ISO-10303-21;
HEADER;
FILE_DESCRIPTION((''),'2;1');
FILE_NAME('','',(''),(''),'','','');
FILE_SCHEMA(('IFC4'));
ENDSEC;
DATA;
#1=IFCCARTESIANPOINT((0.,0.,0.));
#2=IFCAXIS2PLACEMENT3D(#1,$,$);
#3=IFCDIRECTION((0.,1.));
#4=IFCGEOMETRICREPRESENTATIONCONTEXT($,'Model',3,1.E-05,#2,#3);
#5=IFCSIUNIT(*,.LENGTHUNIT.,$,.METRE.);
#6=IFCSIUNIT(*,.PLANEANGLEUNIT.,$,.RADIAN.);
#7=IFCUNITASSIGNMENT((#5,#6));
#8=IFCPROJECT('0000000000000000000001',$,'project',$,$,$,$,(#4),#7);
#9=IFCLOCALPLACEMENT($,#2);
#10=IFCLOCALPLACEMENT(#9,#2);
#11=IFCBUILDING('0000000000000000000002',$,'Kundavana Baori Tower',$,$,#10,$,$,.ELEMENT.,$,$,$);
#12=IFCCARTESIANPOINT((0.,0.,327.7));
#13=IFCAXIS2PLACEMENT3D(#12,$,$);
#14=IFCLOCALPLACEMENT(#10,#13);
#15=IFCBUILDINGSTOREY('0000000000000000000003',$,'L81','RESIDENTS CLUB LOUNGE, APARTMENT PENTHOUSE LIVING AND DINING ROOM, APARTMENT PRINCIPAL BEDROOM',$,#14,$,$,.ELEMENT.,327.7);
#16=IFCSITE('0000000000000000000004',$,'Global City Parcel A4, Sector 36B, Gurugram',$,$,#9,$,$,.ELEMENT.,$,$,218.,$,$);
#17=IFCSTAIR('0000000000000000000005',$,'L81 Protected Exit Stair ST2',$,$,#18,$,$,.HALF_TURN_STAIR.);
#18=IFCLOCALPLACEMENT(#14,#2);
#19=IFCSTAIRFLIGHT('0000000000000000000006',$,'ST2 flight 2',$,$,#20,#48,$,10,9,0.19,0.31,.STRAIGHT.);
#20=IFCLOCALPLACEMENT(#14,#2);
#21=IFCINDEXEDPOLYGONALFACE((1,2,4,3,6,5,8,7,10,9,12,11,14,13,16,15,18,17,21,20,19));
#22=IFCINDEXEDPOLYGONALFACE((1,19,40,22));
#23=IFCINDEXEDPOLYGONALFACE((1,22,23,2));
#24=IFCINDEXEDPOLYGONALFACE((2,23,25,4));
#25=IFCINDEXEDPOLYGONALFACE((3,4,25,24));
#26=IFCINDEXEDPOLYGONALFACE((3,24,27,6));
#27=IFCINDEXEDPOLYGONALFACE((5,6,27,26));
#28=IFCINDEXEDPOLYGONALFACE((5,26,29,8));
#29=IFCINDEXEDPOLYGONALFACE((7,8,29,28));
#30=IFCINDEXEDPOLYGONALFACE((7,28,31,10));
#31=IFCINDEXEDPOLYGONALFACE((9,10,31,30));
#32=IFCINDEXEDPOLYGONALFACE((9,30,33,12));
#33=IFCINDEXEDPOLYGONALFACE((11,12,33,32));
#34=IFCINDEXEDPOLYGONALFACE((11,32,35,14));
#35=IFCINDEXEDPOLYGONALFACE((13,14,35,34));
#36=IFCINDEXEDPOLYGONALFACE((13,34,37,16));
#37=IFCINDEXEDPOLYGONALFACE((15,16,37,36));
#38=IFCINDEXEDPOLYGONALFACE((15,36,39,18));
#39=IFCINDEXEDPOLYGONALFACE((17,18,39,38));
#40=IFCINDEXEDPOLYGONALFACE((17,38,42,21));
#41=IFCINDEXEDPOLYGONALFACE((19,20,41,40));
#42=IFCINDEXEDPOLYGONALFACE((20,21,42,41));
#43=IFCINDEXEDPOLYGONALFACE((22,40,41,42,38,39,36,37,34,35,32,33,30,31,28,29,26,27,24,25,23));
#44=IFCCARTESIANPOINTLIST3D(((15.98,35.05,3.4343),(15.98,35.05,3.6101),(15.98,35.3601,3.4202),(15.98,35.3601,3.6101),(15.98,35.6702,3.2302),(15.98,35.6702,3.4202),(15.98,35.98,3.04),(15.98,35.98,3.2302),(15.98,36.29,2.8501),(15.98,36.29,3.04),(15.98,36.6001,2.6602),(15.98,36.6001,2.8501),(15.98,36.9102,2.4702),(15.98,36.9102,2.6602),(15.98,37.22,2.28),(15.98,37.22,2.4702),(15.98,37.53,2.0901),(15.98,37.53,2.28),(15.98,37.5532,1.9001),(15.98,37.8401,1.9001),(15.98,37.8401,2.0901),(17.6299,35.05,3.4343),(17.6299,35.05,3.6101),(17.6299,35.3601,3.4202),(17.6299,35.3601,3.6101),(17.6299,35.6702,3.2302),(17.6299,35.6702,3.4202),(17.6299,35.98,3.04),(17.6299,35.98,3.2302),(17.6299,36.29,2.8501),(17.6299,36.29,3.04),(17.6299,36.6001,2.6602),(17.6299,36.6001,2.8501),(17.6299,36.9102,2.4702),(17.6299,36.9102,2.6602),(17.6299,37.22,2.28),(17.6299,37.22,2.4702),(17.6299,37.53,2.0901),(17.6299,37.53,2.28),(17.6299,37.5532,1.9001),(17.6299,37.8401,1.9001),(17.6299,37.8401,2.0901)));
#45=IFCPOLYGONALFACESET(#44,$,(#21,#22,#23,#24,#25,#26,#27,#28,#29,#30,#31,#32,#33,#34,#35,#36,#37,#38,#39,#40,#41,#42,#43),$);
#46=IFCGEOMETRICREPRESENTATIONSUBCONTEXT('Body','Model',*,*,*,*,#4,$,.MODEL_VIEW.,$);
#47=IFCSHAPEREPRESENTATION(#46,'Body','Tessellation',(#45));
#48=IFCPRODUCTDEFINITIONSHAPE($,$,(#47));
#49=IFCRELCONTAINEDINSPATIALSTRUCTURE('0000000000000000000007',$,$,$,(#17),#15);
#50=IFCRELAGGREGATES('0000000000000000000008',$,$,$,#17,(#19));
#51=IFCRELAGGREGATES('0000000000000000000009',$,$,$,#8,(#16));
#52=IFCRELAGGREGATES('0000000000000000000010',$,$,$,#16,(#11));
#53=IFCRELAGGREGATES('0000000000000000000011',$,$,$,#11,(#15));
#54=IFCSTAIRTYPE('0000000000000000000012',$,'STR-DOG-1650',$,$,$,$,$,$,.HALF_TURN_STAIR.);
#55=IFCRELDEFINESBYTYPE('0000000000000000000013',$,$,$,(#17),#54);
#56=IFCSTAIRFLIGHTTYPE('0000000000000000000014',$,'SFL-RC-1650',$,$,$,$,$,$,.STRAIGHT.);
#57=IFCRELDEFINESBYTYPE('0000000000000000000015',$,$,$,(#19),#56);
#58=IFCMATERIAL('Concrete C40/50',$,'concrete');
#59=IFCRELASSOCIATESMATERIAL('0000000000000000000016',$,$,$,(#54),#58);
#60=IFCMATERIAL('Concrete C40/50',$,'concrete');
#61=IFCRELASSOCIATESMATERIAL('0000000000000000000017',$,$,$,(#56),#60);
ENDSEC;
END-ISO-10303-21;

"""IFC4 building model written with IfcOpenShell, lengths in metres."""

from ifc_helpers import new_model, si_unit, direction, frame, origin, place, context, subcontext, project, spatial, polyline, outline, extrude, material, type_object, element, aggregate, save


model = new_model("IFC4")

# Units and contexts
model_context = context("Model", 3, precision=1e-05, world=origin(), true_north=direction((0.0, 1.0)))
body_context = subcontext(model_context, "Body", "Model", "MODEL_VIEW")
ifc_project = project(units=[si_unit("LENGTHUNIT", "METRE"), si_unit("PLANEANGLEUNIT", "RADIAN")], contexts=[model_context])

# Site, building, storey
site_placement = place(None, origin())
site = spatial("IfcSite", under=ifc_project, at=site_placement, Name="Global City Parcel A4, Sector 36B, Gurugram", CompositionType="ELEMENT", RefElevation=218.0)
building_placement = place(site_placement, origin())
building = spatial("IfcBuilding", under=site, at=building_placement, Name="Kundavana Baori Tower", CompositionType="ELEMENT")
storey_placement = place(building_placement, frame((0.0, 0.0, 327.7)))
storey = spatial("IfcBuildingStorey", under=building, at=storey_placement, Name="L81", Description="RESIDENTS CLUB LOUNGE, APARTMENT PENTHOUSE LIVING AND DINING ROOM, APARTMENT PRINCIPAL BEDROOM", CompositionType="ELEMENT", Elevation=327.7)

# Stair, stair flight
ifc_material_1 = material(Name="Concrete C40/50", Category="concrete")
stair_type = type_object("IfcStairType", Name="STR-DOG-1650", PredefinedType="HALF_TURN_STAIR", material=ifc_material_1)
stair_placement = place(storey_placement, origin())
stair = element("IfcStair", 1, at=stair_placement, inside=storey, type_object=stair_type, Name="L81 Protected Exit Stair ST2", PredefinedType="HALF_TURN_STAIR")
ifc_material_2 = material(Name="Concrete C40/50", Category="concrete")
stair_flight_type = type_object("IfcStairFlightType", Name="SFL-RC-1650", PredefinedType="STRAIGHT", material=ifc_material_2)
stair_flight_placement = place(storey_placement, frame((16.8049, 37.8401, 1.9001), z_axis=(0.0, 0.0, 1.0), x_axis=(0.0, -1.0, 0.0)))
stair_flight = element("IfcStairFlight", 2, at=stair_flight_placement, type_object=stair_flight_type, Name="ST2 flight 2", NumberOfRisers=10, NumberOfTreads=9, PredefinedType="STRAIGHT", RiserHeight=0.19, TreadLength=0.31, context=body_context, shape_type="SweptSolid", body=[
    extrude(outline(polyline([(0.0, 0.0), (0.0, 0.1899), (0.3101, 0.1899), (0.3101, 0.3799), (0.6201, 0.3799), (0.6201, 0.5701), (0.9299, 0.5701), (0.9299, 0.76), (1.24, 0.76), (1.24, 0.95), (1.55, 0.95), (1.55, 1.1399), (1.8601, 1.1399), (1.8601, 1.3301), (2.1699, 1.3301), (2.1699, 1.52), (2.48, 1.52), (2.48, 1.71), (2.79, 1.71), (2.79, 1.8999), (2.79, 1.5342), (0.2869, 0.0), (0.0, 0.0)])), frame((0.0, 0.825, 0.0), z_axis=(0.0, -1.0, 0.0), x_axis=(1.0, 0.0, 0.0)), (0.0, 0.0, 1.0), 1.6499),
])
aggregate(stair, [stair_flight])

save(model, "model.ifc")
